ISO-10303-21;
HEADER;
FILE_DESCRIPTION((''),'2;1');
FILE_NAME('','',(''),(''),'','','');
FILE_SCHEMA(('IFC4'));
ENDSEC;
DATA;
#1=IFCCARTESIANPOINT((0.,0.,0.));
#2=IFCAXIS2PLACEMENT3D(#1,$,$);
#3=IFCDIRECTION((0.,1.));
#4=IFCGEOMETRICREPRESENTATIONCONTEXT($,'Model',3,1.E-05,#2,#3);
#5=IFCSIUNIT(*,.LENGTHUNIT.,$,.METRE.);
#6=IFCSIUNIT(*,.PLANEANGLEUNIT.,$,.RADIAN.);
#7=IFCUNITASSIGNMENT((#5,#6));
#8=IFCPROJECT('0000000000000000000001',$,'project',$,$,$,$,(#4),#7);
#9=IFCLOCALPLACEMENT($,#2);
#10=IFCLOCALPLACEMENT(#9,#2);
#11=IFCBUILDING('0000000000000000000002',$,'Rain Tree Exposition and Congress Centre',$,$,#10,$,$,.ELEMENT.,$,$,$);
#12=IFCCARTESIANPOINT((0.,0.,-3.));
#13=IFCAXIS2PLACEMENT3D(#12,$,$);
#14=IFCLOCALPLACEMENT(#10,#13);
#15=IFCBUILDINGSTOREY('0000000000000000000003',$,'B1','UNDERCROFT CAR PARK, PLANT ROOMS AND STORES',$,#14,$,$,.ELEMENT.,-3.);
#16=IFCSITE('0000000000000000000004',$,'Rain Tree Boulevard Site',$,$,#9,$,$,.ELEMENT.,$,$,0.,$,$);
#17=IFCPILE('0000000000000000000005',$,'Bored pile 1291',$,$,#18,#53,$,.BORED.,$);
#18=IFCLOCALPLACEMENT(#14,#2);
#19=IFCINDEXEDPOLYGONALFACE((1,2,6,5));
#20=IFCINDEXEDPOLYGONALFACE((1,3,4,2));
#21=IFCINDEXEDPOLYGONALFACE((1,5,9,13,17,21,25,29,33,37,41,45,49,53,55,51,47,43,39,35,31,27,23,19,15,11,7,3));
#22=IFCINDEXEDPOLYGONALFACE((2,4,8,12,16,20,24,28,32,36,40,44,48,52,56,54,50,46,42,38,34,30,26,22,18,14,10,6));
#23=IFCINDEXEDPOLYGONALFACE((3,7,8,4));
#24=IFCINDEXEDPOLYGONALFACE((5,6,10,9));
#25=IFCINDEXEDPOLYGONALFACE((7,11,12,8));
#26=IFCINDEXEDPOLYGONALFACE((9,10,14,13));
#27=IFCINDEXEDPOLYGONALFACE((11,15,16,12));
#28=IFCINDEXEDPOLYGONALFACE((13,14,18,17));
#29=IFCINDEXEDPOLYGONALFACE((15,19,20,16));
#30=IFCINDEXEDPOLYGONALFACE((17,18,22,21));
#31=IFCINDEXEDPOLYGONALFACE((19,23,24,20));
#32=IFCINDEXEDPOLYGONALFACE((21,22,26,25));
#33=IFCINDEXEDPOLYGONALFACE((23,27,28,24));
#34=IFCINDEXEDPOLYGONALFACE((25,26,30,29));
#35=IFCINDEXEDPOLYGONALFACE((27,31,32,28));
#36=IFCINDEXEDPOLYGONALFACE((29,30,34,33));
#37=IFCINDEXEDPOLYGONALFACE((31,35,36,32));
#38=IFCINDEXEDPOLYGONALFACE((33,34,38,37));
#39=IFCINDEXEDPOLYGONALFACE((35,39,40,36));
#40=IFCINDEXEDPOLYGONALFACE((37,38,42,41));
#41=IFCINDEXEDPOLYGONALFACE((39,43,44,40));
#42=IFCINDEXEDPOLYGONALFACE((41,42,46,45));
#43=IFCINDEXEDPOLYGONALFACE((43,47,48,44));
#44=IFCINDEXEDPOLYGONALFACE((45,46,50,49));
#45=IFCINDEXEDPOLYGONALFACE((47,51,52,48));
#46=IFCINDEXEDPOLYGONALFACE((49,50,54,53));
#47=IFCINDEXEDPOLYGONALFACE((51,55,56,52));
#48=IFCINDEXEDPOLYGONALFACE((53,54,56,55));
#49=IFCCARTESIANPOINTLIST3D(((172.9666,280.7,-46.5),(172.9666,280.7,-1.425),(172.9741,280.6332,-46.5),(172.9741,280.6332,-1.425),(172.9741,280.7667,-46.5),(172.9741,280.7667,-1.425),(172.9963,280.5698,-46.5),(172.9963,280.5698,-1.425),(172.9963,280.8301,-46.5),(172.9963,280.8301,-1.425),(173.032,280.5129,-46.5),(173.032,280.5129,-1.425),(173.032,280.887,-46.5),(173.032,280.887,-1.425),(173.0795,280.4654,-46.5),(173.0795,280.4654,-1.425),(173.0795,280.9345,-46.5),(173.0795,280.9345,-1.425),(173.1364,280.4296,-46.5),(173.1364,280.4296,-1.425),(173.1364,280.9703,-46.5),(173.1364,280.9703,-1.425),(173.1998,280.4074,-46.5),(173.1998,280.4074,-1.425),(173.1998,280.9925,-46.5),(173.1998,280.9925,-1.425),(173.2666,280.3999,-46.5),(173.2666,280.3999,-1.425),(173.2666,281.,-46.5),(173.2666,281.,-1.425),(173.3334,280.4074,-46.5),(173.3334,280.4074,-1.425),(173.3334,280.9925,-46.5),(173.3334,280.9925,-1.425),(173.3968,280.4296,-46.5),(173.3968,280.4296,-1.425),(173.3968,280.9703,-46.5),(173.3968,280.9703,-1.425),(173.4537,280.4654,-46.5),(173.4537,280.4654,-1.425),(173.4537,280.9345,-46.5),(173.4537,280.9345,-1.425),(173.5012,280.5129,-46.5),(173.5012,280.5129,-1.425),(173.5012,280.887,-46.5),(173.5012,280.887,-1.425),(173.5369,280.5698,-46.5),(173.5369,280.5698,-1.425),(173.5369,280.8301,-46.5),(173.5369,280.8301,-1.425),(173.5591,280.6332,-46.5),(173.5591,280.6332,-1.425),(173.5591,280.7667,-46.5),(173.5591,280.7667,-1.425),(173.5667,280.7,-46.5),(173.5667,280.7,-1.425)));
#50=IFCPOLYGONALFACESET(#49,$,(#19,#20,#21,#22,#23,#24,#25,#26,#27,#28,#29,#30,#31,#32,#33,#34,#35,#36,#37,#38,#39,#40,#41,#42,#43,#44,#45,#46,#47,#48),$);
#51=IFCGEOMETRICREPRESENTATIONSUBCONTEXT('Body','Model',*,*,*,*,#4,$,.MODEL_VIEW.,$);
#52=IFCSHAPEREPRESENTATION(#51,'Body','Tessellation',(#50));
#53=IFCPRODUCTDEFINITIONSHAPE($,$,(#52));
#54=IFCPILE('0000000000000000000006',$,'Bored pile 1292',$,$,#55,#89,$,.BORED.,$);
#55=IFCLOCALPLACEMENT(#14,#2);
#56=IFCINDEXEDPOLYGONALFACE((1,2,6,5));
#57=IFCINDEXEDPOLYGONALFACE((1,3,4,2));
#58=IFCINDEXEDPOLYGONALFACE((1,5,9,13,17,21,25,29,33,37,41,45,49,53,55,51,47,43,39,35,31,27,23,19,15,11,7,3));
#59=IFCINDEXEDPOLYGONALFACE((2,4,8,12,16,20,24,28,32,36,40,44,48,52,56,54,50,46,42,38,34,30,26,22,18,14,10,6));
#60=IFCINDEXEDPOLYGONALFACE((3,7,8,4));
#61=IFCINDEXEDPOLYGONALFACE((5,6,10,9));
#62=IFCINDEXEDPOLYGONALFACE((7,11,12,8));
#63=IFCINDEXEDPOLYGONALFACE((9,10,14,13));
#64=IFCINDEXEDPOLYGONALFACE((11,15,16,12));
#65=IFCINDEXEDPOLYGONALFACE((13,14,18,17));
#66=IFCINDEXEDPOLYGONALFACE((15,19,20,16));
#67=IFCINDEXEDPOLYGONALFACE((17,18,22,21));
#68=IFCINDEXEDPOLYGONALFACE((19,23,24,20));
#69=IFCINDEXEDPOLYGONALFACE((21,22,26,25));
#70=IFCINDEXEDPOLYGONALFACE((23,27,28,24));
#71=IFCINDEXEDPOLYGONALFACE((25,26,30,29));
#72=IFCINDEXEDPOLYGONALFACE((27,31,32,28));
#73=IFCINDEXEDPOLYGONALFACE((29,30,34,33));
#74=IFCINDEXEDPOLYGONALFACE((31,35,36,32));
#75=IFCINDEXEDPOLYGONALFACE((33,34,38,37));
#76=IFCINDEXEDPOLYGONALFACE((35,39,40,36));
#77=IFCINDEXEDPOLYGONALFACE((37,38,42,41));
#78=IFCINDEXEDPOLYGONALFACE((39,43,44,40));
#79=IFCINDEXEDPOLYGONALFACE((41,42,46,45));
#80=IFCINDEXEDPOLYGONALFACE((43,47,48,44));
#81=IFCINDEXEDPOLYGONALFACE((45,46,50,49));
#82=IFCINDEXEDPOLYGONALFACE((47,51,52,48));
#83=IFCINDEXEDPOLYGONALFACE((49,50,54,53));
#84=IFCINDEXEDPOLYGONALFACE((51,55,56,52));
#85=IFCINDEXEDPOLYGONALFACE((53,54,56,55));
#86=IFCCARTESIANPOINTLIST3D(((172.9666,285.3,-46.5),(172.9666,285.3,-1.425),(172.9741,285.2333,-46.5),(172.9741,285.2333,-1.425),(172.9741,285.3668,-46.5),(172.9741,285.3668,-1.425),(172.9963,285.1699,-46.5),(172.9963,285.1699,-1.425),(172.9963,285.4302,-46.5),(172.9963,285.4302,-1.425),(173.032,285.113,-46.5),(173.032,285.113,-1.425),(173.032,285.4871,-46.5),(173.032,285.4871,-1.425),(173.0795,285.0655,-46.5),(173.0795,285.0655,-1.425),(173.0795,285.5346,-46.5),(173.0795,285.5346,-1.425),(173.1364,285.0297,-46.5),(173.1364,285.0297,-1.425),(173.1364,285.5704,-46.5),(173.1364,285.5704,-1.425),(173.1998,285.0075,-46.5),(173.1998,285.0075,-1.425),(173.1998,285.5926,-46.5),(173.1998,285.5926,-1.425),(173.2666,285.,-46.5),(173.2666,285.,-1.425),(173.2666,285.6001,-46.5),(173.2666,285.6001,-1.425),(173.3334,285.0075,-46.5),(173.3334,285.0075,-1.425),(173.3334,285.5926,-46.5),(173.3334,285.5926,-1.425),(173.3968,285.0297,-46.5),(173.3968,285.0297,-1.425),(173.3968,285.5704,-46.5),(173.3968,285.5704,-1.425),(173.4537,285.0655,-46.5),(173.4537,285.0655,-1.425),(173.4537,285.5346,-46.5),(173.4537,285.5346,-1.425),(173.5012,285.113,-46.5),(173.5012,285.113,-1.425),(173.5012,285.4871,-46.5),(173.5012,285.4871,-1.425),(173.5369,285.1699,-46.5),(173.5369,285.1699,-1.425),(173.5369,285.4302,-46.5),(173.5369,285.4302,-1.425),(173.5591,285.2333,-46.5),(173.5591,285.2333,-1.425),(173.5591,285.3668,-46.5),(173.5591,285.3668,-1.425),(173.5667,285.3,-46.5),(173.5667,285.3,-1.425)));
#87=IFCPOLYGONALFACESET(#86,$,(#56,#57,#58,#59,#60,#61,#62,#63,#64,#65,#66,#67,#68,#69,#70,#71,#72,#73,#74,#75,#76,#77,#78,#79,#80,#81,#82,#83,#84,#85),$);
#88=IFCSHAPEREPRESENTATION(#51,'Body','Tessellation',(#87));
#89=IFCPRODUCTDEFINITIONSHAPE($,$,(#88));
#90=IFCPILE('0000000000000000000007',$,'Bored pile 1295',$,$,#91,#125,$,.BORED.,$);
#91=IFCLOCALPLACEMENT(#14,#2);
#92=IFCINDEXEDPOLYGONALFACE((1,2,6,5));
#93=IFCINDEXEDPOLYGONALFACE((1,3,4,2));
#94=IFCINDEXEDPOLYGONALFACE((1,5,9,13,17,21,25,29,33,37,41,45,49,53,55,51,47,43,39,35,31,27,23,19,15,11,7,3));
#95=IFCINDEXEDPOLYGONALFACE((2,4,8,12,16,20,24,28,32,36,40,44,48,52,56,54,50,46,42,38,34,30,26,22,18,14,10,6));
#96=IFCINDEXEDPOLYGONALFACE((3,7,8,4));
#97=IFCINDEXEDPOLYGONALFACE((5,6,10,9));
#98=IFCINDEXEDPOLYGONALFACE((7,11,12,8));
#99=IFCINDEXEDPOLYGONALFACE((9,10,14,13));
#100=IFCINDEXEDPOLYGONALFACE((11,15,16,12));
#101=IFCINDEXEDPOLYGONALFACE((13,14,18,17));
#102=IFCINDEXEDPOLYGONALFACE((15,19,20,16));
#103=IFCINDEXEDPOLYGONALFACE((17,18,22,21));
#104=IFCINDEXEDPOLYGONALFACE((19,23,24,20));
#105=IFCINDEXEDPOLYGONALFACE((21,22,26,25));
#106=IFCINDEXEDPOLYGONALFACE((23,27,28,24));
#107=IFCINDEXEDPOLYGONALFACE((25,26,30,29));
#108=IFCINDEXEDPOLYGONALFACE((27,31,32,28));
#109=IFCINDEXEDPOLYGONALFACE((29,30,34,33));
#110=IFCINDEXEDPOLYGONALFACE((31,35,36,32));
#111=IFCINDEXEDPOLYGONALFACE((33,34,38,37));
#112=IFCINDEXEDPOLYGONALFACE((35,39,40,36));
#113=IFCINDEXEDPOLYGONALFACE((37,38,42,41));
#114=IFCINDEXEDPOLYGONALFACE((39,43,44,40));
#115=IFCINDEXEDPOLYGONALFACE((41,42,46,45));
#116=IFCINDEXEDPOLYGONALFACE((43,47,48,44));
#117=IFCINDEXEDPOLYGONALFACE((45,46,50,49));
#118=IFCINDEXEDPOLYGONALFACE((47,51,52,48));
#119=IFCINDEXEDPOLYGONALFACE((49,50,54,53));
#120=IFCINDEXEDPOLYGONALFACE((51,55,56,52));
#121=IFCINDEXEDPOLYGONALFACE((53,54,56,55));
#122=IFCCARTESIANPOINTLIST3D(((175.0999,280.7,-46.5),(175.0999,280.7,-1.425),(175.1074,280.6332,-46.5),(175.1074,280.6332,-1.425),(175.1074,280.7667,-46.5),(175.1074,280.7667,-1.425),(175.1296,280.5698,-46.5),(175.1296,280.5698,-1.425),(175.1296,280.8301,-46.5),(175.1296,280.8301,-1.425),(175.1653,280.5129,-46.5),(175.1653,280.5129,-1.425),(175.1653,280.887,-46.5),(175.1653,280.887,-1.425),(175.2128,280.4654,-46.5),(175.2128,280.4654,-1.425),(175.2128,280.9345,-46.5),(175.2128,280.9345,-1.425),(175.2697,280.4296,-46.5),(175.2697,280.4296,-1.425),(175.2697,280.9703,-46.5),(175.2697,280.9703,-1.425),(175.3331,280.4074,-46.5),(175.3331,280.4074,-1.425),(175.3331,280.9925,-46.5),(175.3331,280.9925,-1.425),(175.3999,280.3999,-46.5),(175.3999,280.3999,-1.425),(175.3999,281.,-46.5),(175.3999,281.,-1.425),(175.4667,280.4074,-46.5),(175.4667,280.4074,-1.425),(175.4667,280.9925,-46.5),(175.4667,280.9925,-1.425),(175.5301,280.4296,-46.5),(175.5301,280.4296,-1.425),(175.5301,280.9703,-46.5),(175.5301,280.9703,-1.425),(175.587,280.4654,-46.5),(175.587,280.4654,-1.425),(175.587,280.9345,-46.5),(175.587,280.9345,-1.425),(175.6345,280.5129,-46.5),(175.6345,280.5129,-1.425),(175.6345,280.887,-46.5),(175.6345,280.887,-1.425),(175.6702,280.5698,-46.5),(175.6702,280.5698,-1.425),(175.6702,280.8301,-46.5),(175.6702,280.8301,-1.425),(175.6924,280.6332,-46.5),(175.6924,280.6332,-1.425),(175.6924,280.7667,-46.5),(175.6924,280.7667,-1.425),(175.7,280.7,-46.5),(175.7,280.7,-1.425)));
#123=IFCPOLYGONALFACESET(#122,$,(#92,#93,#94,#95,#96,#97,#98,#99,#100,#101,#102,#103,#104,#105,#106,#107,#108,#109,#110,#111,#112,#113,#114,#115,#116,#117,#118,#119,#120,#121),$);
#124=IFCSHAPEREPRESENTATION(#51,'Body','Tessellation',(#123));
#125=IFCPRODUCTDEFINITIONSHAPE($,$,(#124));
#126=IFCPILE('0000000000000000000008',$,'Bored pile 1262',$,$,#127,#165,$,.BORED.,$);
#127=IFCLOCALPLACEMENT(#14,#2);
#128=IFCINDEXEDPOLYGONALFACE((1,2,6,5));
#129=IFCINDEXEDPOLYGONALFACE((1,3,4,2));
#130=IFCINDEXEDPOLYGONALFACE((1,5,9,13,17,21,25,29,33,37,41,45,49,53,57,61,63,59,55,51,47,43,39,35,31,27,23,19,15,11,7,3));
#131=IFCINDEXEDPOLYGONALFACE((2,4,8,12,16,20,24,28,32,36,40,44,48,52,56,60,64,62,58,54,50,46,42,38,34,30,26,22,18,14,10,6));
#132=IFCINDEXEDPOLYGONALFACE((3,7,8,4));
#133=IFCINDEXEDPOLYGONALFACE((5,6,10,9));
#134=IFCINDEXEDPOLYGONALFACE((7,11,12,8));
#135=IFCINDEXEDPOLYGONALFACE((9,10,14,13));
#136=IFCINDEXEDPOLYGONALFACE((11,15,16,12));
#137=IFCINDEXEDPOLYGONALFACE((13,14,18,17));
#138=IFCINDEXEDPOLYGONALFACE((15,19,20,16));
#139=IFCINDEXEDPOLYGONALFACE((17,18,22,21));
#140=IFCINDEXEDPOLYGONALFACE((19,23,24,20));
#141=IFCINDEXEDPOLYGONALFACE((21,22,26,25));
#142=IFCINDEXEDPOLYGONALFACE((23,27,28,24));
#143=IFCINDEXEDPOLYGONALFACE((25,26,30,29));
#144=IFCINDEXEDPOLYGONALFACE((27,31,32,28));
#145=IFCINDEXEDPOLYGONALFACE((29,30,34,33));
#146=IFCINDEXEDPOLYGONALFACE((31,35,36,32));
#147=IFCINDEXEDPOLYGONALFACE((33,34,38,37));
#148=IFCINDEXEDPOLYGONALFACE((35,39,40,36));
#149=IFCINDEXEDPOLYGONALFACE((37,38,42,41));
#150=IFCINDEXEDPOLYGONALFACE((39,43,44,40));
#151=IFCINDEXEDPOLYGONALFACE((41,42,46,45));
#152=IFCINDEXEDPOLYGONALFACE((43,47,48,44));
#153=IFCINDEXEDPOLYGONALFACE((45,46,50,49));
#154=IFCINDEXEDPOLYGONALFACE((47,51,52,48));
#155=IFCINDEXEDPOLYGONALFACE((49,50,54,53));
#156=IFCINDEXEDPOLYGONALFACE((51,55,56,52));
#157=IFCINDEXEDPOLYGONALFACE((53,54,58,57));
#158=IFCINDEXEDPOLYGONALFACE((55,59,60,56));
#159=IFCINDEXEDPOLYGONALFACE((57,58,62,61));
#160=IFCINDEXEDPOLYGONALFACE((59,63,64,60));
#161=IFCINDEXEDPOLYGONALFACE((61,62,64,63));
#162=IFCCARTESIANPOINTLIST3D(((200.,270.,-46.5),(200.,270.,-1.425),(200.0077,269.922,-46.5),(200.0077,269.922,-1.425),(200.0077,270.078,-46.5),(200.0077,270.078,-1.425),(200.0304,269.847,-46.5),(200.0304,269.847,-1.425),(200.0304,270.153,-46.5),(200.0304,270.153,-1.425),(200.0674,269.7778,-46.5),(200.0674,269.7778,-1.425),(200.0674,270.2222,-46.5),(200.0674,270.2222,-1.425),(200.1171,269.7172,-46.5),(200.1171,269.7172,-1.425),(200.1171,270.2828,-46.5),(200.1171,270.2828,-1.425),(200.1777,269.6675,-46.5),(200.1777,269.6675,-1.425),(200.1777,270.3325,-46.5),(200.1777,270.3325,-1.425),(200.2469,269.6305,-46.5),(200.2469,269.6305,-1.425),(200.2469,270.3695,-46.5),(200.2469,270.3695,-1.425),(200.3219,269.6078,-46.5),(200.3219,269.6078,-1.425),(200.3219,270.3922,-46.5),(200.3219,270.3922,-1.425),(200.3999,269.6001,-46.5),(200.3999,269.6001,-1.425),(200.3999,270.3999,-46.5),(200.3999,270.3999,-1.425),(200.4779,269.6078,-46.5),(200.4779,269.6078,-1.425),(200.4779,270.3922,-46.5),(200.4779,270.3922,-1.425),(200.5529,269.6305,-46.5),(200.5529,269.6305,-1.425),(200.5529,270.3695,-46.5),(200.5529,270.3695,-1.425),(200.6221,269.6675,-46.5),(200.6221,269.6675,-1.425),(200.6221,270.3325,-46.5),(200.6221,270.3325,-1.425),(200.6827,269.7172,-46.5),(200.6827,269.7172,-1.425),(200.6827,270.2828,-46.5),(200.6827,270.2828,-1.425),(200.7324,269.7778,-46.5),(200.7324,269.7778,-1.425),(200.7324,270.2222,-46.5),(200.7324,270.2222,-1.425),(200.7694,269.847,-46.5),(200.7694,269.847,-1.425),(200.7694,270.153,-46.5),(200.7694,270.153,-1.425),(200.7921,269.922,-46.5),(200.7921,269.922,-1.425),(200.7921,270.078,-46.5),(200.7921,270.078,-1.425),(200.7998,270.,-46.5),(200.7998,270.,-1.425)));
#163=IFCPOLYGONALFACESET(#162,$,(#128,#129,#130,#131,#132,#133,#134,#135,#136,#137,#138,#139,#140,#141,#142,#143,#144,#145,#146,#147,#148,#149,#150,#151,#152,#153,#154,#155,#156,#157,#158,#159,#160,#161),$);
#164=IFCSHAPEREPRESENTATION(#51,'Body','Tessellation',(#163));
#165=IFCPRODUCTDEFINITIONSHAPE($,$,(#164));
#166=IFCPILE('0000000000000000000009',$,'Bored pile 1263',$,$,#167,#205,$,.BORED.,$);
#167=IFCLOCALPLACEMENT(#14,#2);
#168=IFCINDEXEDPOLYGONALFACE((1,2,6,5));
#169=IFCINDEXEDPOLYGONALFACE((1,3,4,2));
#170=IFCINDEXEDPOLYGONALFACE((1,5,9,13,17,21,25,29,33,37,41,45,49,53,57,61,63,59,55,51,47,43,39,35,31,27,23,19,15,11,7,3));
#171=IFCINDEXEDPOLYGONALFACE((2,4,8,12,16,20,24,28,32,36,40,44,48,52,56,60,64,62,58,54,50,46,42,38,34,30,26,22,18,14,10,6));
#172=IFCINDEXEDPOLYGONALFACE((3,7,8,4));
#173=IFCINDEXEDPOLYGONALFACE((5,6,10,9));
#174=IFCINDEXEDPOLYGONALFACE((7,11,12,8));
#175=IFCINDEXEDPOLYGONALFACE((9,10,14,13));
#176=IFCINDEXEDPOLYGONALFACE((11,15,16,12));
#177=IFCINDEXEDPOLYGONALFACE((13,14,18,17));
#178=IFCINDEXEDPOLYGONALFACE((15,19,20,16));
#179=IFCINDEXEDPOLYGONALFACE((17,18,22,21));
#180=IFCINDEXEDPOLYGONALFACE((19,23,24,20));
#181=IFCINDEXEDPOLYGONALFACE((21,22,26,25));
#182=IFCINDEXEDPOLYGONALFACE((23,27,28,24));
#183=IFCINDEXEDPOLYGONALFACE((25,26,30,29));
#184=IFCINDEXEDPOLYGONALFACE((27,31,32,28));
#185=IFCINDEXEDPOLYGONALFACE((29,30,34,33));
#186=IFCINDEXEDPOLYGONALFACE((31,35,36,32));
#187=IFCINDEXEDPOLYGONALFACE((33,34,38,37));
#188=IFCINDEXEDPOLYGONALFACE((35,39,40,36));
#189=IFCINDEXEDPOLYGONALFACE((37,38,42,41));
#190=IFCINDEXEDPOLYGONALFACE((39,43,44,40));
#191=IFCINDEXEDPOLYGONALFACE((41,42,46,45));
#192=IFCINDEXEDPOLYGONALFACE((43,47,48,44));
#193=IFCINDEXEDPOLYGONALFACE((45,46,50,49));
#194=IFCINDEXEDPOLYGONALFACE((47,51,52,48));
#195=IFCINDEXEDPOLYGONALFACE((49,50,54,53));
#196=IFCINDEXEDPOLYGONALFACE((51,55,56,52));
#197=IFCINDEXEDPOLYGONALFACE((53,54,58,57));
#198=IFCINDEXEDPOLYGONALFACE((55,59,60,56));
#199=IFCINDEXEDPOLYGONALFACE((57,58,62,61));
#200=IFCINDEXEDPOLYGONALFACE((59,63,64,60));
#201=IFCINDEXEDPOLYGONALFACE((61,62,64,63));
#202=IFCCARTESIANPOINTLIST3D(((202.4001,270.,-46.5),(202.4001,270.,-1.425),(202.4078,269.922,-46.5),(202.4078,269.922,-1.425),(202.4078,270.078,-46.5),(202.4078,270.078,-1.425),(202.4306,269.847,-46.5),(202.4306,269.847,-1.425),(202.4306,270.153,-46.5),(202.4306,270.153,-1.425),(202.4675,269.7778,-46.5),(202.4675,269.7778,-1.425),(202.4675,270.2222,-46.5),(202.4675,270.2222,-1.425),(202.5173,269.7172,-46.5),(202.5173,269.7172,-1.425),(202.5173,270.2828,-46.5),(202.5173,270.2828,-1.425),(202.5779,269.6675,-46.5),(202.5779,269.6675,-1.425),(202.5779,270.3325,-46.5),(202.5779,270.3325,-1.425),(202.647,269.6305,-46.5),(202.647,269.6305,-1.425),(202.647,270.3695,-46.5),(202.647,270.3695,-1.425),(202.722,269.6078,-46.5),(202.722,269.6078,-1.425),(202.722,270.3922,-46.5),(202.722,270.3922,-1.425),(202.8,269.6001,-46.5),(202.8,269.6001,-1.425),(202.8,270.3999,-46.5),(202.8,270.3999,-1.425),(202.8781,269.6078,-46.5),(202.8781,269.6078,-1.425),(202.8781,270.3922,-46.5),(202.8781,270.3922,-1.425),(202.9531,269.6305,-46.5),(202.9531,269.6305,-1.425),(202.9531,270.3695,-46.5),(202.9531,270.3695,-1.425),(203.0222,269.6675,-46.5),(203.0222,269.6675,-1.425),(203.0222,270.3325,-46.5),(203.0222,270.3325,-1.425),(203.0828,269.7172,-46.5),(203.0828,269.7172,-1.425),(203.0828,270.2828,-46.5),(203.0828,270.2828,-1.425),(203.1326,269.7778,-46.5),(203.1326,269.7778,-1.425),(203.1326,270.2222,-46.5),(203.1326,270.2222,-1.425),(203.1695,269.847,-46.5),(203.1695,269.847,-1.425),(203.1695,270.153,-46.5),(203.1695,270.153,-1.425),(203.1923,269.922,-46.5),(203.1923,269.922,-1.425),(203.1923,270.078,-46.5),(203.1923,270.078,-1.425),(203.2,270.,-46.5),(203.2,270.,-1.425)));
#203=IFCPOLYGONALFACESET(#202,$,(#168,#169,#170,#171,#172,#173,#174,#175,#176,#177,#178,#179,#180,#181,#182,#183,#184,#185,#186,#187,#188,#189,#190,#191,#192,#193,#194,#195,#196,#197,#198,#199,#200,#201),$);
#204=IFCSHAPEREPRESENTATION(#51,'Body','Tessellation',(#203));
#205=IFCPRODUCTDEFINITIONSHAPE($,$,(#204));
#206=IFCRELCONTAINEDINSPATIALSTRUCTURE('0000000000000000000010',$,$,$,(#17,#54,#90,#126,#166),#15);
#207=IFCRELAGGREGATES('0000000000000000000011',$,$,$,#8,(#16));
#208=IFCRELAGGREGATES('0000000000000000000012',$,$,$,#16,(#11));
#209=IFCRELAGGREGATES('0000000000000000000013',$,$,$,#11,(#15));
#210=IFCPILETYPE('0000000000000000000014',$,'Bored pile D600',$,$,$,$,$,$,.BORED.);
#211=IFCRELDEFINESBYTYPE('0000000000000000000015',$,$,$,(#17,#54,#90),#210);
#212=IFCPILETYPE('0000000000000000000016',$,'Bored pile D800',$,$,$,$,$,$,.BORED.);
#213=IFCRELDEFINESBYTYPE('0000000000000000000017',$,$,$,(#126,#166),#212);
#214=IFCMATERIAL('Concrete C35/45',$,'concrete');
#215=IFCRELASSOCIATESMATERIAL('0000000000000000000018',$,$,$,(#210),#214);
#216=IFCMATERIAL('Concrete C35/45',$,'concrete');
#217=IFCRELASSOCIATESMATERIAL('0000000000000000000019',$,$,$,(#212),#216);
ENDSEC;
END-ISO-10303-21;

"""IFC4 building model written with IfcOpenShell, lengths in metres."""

from ifc_helpers import new_model, si_unit, direction, frame, origin, origin_2d, place, context, subcontext, project, spatial, circle, extrude, material, material_profile, profile_set, type_object, element, save


model = new_model("IFC4")

# Units and contexts
model_context = context("Model", 3, precision=1e-05, world=origin(), true_north=direction((0.0, 1.0)))
body_context = subcontext(model_context, "Body", "Model", "MODEL_VIEW")
ifc_project = project(units=[si_unit("LENGTHUNIT", "METRE"), si_unit("PLANEANGLEUNIT", "RADIAN")], contexts=[model_context])

# Site, building, storey
site_placement = place(None, origin())
site = spatial("IfcSite", under=ifc_project, at=site_placement, Name="Rain Tree Boulevard Site", CompositionType="ELEMENT", RefElevation=0.0)
building_placement = place(site_placement, origin())
building = spatial("IfcBuilding", under=site, at=building_placement, Name="Rain Tree Exposition and Congress Centre", CompositionType="ELEMENT")
storey_placement = place(building_placement, frame((0.0, 0.0, -3.0)))
storey = spatial("IfcBuildingStorey", under=building, at=storey_placement, Name="B1", Description="UNDERCROFT CAR PARK, PLANT ROOMS AND STORES", CompositionType="ELEMENT", Elevation=-3.0)

# Piles
ifc_material_1 = material(Name="Concrete C35/45", Category="concrete")
ifc_material_profile_1 = material_profile(ifc_material_1, circle(Radius=0.3, at=origin_2d()), Name="D600")
ifc_profile_set_1 = profile_set([ifc_material_profile_1], Name="Concrete C35/45")
pile_type_1 = type_object("IfcPileType", Name="Bored pile D600", PredefinedType="BORED", material=ifc_profile_set_1)
for number, where, z_axis, x_axis, name in (
    (1, (173.2666, 280.7, -1.425), (0.0, 0.0, -1.0), (1.0, 0.0, 0.0), "Bored pile 1291"),
    (2, (173.2666, 285.3, -1.425), (0.0, 0.0, -1.0), (1.0, 0.0, 0.0), "Bored pile 1292"),
    (3, (175.3999, 280.7, -1.425), (0.0, 0.0, -1.0), (1.0, 0.0, 0.0), "Bored pile 1295"),
):
    element("IfcPile", number, at=place(storey_placement, frame(where, z_axis=z_axis, x_axis=x_axis)), inside=storey, type_object=pile_type_1, Name=name, PredefinedType="BORED", context=body_context, shape_type="SweptSolid", body=[
        extrude(circle(Radius=0.3, at=origin_2d()), origin(), (0.0, 0.0, 1.0), 45.075),
    ])
ifc_material_2 = material(Name="Concrete C35/45", Category="concrete")
ifc_material_profile_2 = material_profile(ifc_material_2, circle(Radius=0.3999, at=origin_2d()), Name="D800")
ifc_profile_set_2 = profile_set([ifc_material_profile_2], Name="Concrete C35/45")
pile_type_2 = type_object("IfcPileType", Name="Bored pile D800", PredefinedType="BORED", material=ifc_profile_set_2)
for number, where, z_axis, x_axis, name in (
    (4, (200.3999, 270.0, -1.425), (0.0, 0.0, -1.0), (1.0, 0.0, 0.0), "Bored pile 1262"),
    (5, (202.8, 270.0, -1.425), (0.0, 0.0, -1.0), (1.0, 0.0, 0.0), "Bored pile 1263"),
):
    element("IfcPile", number, at=place(storey_placement, frame(where, z_axis=z_axis, x_axis=x_axis)), inside=storey, type_object=pile_type_2, Name=name, PredefinedType="BORED", context=body_context, shape_type="SweptSolid", body=[
        extrude(circle(Radius=0.3999, at=origin_2d()), origin(), (0.0, 0.0, 1.0), 45.075),
    ])

save(model, "model.ifc")
